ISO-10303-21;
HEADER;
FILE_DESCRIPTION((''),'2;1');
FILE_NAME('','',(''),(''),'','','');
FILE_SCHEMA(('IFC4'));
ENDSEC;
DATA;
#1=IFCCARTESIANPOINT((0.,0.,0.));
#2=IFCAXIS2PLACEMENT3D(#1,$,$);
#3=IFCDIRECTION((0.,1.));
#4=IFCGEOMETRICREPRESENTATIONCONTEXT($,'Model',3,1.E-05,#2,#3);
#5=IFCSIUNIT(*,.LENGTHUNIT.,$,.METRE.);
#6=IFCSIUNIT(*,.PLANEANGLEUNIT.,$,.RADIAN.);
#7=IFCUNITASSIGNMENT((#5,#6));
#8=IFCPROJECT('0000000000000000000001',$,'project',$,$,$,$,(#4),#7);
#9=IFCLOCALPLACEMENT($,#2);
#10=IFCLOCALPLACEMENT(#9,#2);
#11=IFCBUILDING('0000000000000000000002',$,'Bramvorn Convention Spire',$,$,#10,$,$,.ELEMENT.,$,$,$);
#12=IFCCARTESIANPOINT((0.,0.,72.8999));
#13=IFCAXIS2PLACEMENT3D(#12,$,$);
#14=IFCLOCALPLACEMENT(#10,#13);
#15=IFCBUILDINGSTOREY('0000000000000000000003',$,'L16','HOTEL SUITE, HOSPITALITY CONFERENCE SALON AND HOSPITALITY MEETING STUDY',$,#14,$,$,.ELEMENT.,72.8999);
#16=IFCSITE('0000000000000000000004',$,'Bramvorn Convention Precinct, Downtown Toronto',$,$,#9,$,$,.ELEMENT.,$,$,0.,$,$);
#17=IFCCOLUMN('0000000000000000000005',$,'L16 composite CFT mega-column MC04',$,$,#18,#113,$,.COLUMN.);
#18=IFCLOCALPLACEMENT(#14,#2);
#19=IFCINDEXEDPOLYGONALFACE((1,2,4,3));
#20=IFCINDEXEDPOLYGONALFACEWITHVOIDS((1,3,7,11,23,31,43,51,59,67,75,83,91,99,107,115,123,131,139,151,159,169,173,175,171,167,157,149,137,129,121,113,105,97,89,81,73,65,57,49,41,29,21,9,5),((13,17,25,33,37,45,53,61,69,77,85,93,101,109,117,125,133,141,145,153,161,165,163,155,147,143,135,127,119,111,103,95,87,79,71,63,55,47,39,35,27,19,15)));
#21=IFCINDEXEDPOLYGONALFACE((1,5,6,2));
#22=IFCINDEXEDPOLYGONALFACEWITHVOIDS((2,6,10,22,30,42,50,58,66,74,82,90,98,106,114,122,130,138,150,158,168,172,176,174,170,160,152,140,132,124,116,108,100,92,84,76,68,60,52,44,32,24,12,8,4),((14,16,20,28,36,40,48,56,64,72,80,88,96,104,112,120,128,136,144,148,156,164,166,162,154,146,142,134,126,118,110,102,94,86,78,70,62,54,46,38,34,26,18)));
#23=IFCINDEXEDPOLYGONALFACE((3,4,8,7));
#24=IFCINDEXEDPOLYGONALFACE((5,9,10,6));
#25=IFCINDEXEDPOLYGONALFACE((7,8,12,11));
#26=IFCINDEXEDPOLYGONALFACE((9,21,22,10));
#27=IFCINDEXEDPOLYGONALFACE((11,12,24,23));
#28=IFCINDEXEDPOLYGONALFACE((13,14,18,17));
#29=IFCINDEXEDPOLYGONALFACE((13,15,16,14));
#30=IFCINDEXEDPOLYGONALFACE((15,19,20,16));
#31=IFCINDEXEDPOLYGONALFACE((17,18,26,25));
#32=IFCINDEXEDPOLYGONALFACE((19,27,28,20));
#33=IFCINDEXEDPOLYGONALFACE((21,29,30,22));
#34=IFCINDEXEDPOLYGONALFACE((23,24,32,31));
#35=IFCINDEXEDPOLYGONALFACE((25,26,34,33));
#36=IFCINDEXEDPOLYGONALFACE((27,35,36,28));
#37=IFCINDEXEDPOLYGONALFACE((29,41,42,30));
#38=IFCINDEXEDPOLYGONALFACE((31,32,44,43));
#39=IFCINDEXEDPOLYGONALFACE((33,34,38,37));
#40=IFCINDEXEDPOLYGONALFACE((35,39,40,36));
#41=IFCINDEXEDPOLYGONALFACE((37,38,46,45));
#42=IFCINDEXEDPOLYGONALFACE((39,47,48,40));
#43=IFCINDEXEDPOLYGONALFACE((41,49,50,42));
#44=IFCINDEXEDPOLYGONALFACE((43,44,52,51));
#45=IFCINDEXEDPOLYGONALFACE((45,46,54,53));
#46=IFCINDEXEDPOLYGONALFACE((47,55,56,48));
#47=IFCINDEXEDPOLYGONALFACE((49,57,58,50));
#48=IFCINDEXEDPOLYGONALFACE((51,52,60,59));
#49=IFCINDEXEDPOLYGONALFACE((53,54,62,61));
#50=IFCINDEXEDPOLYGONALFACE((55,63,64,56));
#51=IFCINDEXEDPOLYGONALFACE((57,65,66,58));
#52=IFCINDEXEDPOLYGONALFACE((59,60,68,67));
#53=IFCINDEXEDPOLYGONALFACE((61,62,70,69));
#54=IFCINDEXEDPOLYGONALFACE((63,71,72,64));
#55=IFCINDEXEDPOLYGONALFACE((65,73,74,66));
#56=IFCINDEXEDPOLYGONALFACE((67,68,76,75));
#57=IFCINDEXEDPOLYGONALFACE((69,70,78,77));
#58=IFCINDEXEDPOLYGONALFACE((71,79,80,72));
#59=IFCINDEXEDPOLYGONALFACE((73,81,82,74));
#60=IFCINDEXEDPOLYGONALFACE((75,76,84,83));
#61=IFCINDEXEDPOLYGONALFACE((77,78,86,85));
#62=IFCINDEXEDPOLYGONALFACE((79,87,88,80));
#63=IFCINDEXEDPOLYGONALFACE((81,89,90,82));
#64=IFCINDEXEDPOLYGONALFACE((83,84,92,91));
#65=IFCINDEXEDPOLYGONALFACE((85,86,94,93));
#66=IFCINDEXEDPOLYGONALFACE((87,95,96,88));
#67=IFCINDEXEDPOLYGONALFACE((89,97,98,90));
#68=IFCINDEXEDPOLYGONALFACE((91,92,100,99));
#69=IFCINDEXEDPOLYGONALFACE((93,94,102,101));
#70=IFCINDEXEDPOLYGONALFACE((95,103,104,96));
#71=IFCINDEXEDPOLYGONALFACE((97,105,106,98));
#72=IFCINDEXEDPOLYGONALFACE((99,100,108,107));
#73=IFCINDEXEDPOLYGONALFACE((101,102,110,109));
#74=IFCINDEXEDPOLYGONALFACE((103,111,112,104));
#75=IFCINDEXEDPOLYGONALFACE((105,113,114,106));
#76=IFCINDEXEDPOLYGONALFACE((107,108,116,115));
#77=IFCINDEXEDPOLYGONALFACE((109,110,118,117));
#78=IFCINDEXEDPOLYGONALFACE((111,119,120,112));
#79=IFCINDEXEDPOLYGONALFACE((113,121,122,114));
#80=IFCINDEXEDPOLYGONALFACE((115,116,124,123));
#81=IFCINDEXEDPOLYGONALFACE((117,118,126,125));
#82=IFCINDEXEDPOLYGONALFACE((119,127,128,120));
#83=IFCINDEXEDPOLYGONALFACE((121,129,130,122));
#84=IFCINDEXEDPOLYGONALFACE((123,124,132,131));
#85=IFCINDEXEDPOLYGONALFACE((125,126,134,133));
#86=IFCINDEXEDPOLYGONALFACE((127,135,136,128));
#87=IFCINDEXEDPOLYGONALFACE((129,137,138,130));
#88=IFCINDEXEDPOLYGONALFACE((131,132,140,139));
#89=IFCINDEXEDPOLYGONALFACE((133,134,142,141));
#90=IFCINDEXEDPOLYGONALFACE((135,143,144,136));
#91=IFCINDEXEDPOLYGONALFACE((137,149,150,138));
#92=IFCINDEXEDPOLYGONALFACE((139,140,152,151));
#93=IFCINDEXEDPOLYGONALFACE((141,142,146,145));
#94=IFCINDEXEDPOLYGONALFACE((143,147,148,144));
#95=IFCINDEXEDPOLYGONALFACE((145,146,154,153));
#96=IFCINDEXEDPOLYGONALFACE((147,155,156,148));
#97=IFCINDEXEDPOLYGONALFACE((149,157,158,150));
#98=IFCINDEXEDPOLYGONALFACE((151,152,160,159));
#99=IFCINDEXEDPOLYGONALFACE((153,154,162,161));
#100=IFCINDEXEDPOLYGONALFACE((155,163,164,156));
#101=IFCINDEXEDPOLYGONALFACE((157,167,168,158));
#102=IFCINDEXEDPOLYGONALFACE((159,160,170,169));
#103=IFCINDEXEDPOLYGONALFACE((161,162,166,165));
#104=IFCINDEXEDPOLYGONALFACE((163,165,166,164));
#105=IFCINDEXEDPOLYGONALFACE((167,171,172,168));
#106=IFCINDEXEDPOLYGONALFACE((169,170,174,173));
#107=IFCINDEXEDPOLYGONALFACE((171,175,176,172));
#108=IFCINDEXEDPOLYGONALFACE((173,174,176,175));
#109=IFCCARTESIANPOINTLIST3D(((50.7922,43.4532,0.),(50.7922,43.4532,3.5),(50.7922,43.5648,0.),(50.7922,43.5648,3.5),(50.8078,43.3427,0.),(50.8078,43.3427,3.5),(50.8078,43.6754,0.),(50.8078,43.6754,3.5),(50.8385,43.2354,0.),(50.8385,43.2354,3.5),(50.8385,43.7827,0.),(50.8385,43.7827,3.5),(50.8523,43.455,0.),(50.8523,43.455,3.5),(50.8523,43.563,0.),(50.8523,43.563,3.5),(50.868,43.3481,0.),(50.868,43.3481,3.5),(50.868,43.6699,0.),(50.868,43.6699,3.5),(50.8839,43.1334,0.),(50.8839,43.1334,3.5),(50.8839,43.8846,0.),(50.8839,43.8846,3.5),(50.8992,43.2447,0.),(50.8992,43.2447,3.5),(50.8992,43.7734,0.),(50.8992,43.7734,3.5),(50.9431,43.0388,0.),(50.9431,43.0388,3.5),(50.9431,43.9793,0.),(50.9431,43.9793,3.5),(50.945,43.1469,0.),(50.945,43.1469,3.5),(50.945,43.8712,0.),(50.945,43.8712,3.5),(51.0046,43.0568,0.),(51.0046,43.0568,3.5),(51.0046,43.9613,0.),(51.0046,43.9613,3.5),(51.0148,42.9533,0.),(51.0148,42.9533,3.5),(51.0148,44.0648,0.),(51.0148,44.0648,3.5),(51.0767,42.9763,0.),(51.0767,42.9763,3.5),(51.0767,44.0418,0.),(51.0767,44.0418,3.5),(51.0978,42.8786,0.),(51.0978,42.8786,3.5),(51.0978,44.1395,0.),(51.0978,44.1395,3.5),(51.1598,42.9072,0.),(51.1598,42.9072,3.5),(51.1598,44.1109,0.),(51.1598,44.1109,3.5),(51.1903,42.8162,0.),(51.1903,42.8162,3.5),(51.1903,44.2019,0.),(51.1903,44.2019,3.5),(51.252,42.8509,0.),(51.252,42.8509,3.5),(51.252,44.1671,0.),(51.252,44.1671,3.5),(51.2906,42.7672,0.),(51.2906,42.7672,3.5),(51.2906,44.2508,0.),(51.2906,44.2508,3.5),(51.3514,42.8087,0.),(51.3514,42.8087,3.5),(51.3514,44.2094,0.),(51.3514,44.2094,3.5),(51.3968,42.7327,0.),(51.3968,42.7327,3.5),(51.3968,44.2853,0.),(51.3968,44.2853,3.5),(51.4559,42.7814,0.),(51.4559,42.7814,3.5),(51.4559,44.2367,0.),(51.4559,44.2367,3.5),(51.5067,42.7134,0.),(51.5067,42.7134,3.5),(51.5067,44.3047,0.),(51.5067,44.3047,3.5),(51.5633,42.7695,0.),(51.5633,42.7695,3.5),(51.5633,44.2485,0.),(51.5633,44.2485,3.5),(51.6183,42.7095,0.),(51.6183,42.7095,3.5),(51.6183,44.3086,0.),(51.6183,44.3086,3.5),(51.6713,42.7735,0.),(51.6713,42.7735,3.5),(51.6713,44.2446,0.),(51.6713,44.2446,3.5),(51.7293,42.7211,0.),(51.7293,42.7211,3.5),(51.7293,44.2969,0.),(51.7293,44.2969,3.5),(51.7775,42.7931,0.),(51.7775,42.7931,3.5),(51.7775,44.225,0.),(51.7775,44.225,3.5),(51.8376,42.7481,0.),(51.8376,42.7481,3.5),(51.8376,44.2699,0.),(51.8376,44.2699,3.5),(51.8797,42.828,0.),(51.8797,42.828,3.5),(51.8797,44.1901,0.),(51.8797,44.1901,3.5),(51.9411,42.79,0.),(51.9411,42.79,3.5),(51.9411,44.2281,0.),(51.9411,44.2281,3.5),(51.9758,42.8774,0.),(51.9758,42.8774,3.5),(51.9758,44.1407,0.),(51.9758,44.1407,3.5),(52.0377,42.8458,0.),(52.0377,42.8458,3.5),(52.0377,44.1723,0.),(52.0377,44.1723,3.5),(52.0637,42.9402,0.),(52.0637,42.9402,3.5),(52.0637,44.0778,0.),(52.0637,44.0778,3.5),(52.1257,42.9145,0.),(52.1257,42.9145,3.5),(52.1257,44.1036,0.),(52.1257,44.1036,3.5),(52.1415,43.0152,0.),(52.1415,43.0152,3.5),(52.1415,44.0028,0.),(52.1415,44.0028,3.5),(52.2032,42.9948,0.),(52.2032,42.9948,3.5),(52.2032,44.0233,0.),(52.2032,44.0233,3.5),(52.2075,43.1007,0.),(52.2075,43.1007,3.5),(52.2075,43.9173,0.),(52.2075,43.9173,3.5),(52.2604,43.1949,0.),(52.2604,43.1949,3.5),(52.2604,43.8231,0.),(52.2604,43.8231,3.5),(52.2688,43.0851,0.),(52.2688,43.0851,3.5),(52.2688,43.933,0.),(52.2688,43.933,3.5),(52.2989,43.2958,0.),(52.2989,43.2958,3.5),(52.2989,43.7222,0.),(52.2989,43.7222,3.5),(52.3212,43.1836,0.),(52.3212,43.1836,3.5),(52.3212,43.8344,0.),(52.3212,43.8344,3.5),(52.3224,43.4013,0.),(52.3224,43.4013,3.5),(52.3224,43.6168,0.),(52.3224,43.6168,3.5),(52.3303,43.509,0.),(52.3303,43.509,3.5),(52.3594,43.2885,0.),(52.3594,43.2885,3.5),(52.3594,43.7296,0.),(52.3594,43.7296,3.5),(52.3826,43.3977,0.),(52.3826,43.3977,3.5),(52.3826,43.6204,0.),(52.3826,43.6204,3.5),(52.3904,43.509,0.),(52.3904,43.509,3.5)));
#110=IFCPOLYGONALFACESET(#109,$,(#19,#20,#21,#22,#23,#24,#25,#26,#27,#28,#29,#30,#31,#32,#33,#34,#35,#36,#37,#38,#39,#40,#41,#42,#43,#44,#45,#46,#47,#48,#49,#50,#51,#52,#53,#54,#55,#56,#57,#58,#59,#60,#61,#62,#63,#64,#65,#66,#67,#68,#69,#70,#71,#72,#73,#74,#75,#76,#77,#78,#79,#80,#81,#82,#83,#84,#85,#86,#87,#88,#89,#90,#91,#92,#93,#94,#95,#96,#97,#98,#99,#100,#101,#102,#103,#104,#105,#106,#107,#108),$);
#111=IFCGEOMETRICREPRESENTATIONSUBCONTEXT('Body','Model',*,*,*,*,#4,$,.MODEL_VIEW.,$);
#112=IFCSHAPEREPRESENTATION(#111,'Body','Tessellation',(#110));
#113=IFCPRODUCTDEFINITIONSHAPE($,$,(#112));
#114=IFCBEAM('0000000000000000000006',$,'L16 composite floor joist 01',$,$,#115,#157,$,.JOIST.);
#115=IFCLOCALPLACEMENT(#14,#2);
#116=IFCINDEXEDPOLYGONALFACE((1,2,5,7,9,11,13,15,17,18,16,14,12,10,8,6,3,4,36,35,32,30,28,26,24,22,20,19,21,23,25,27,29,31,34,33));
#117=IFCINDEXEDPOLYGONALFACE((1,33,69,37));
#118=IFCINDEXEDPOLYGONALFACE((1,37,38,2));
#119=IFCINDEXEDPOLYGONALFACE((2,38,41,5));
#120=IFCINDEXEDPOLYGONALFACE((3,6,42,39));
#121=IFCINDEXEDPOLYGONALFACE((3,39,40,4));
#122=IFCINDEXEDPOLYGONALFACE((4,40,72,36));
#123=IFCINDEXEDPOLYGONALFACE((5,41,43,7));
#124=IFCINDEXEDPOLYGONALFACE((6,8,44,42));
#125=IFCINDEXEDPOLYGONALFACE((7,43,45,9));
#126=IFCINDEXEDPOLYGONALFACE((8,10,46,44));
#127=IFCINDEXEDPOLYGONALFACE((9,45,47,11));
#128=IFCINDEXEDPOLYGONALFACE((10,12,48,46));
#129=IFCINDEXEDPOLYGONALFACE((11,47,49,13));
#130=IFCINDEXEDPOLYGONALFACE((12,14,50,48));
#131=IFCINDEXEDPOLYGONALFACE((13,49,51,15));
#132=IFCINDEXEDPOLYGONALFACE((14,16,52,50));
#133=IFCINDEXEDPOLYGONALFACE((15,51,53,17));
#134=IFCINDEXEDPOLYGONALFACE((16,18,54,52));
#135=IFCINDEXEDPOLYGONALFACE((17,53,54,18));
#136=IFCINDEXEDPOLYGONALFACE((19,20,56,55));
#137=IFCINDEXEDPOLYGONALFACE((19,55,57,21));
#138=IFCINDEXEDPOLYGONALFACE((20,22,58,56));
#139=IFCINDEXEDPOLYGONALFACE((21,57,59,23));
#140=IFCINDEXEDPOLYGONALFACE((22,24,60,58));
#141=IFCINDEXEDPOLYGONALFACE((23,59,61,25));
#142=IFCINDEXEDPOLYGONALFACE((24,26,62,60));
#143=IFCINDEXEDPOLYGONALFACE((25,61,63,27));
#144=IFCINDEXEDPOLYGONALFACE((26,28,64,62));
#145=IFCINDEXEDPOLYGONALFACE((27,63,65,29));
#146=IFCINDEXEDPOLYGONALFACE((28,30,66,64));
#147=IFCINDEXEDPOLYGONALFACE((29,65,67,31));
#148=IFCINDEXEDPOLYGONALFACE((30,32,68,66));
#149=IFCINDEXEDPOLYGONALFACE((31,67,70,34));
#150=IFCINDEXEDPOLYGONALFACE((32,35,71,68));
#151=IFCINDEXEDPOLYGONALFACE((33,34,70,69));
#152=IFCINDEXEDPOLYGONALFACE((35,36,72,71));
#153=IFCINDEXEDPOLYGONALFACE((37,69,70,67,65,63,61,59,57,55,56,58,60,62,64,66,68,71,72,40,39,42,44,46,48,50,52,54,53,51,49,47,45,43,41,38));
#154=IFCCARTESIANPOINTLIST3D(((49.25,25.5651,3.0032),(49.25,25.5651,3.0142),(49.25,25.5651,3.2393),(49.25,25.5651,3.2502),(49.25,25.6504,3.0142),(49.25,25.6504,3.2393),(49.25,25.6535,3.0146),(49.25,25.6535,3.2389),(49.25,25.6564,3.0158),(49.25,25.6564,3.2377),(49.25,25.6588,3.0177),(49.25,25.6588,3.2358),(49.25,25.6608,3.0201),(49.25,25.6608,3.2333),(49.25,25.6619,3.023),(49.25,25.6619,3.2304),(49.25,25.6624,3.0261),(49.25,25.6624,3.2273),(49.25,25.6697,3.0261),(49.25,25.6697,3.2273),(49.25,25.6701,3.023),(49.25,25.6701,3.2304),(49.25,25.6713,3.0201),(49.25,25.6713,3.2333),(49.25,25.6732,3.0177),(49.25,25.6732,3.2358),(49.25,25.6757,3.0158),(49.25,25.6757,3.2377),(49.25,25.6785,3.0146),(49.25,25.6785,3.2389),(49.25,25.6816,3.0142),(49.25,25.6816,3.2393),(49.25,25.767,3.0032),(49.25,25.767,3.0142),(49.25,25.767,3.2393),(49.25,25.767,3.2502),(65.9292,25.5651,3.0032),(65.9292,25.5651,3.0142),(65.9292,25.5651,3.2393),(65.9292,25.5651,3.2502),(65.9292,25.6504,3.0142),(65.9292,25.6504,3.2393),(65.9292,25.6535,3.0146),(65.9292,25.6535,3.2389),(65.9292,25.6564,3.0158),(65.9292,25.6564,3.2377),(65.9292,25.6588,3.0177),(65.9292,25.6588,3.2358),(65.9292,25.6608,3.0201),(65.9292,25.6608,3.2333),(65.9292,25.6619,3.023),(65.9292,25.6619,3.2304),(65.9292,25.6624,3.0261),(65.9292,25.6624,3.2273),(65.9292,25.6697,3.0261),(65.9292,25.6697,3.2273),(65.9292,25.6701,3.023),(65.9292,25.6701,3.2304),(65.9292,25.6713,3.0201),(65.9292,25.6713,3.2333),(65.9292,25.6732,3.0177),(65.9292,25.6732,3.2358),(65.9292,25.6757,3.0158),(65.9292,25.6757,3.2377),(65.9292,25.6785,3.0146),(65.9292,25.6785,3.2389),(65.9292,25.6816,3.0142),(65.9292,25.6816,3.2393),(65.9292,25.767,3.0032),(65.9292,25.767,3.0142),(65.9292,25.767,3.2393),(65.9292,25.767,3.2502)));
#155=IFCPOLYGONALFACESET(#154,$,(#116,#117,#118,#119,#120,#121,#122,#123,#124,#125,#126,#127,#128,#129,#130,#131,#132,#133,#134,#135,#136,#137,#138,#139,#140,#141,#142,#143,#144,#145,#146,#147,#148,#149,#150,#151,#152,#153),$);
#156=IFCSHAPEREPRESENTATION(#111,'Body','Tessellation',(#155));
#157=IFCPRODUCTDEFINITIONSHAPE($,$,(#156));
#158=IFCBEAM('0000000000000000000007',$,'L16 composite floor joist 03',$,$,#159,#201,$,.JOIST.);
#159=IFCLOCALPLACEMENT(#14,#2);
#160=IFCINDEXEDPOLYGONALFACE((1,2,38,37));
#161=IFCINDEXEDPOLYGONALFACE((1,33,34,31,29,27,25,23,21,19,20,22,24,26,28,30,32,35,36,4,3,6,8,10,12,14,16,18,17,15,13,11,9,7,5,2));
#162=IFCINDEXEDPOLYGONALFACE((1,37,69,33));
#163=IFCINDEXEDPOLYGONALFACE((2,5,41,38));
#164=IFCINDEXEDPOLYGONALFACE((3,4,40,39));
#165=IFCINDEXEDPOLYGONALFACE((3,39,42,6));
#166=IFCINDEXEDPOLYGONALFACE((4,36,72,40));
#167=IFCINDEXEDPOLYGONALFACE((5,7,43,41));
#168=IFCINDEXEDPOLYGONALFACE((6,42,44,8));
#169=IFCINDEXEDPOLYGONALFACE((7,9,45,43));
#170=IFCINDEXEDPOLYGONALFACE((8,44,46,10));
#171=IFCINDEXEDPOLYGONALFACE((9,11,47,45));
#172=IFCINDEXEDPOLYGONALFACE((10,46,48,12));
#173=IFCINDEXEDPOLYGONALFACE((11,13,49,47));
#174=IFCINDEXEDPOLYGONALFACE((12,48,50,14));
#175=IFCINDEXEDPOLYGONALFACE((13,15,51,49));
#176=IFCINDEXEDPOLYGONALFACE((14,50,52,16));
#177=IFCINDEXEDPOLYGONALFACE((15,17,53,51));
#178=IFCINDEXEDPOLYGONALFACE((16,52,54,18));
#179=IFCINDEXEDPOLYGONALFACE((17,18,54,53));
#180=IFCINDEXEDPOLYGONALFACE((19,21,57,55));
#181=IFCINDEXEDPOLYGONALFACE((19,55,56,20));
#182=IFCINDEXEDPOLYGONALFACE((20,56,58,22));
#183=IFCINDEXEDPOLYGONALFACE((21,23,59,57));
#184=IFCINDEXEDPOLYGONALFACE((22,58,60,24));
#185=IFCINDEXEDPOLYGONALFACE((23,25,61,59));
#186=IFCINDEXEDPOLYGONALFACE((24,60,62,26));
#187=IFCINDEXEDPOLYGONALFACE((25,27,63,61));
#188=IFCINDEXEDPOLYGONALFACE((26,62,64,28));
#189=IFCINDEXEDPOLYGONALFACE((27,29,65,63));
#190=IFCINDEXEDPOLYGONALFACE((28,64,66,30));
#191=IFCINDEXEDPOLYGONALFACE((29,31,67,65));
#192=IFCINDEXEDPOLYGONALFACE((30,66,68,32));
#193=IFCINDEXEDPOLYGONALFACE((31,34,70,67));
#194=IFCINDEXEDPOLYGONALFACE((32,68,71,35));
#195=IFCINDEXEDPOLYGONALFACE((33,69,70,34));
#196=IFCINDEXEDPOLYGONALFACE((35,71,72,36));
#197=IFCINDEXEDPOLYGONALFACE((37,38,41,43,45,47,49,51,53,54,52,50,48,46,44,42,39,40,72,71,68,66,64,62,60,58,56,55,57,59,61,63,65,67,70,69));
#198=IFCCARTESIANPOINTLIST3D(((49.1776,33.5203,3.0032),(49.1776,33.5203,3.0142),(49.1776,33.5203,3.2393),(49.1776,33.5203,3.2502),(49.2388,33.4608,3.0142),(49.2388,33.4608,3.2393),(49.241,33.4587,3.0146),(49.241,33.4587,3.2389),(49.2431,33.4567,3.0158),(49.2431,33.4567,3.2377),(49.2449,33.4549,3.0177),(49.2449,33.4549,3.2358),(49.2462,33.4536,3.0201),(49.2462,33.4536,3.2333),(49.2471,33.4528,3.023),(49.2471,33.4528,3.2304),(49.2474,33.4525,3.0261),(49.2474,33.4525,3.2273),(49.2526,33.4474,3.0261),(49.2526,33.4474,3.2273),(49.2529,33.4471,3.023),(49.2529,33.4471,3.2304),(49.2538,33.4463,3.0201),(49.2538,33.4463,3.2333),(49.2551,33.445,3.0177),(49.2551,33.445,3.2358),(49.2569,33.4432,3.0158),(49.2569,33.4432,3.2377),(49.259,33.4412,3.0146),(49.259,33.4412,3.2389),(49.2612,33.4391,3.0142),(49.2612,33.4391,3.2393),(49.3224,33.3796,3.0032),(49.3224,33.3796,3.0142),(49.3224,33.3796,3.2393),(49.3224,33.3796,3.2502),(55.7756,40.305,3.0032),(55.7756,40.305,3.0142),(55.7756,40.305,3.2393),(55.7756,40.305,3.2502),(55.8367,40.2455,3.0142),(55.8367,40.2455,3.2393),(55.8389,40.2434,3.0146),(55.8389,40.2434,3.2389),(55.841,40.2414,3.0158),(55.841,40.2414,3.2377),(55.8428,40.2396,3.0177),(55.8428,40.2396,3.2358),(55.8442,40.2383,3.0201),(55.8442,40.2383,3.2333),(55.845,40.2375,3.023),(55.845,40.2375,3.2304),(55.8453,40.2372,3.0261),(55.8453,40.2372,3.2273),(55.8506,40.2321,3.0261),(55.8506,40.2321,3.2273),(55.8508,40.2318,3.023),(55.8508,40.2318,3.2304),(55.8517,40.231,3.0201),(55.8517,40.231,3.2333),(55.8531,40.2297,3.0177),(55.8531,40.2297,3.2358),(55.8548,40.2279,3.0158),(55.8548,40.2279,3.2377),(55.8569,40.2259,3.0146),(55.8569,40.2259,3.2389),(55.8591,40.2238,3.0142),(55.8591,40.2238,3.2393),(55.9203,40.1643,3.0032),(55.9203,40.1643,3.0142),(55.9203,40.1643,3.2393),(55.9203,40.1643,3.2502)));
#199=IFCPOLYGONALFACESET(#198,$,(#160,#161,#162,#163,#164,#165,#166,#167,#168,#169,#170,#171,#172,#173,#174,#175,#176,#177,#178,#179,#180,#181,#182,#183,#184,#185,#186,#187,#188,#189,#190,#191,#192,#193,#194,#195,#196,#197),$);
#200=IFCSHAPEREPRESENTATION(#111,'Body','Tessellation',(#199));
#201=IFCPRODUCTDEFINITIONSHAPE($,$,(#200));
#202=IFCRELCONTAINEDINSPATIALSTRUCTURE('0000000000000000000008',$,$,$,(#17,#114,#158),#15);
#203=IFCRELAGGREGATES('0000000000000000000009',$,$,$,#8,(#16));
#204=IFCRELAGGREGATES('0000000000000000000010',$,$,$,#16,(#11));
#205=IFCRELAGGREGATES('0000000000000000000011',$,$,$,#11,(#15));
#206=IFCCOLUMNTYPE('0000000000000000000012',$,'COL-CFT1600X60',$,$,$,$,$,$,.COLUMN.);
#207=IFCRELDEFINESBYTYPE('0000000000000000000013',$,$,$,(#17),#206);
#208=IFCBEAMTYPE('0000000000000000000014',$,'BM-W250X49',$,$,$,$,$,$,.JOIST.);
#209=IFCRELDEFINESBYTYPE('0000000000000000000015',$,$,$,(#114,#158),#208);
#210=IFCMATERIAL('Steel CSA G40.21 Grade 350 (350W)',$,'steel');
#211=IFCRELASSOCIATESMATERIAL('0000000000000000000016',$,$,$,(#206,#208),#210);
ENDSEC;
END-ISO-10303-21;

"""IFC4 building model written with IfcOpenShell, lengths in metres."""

from ifc_helpers import new_model, si_unit, direction, frame, origin, origin_2d, place, context, subcontext, project, spatial, hollow_circle, i_section, extrude, material, material_profile, profile_set, type_object, element, save


model = new_model("IFC4")

# Units and contexts
model_context = context("Model", 3, precision=1e-05, world=origin(), true_north=direction((0.0, 1.0)))
body_context = subcontext(model_context, "Body", "Model", "MODEL_VIEW")
ifc_project = project(units=[si_unit("LENGTHUNIT", "METRE"), si_unit("PLANEANGLEUNIT", "RADIAN")], contexts=[model_context])

# Site, building, storey
site_placement = place(None, origin())
site = spatial("IfcSite", under=ifc_project, at=site_placement, Name="Bramvorn Convention Precinct, Downtown Toronto", CompositionType="ELEMENT", RefElevation=0.0)
building_placement = place(site_placement, origin())
building = spatial("IfcBuilding", under=site, at=building_placement, Name="Bramvorn Convention Spire", CompositionType="ELEMENT")
storey_placement = place(building_placement, frame((0.0, 0.0, 72.8999)))
storey = spatial("IfcBuildingStorey", under=building, at=storey_placement, Name="L16", Description="HOTEL SUITE, HOSPITALITY CONFERENCE SALON AND HOSPITALITY MEETING STUDY", CompositionType="ELEMENT", Elevation=72.8999)

# Column
ifc_material_1 = material(Name="Steel CSA G40.21 Grade 350 (350W)", Category="steel")
ifc_material_profile_1 = material_profile(ifc_material_1, hollow_circle(Radius=0.8, WallThickness=0.0601, at=origin_2d()))
ifc_profile_set_1 = profile_set([ifc_material_profile_1], Name="Steel CSA G40.21 Grade 350 (350W) - CFT1600X60")
column_type = type_object("IfcColumnType", Name="COL-CFT1600X60", PredefinedType="COLUMN", material=ifc_profile_set_1)
for number, where, z_axis, x_axis, name in (
    (1, (51.5903, 43.509, 0.0), (0.0, 0.0, 1.0), (1.0, 0.0, 0.0), "L16 composite CFT mega-column MC04"),
):
    element("IfcColumn", number, at=place(storey_placement, frame(where, z_axis=z_axis, x_axis=x_axis)), inside=storey, type_object=column_type, Name=name, PredefinedType="COLUMN", context=body_context, shape_type="SweptSolid", body=[
        extrude(hollow_circle(Radius=0.8, WallThickness=0.0601, at=origin_2d()), origin(), (0.0, 0.0, 1.0), 3.5),
    ])

# Beams
ifc_material_profile_2 = material_profile(ifc_material_1, i_section(OverallWidth=0.2019, OverallDepth=0.2471, WebThickness=0.0073, FlangeThickness=0.011, FilletRadius=0.012, at=origin_2d()))
ifc_profile_set_2 = profile_set([ifc_material_profile_2], Name="Steel CSA G40.21 Grade 350 (350W) - W250X49")
beam_type_1 = type_object("IfcBeamType", Name="BM-W250X49", PredefinedType="JOIST", material=ifc_profile_set_2)
beam_1_placement = place(storey_placement, frame((49.25, 25.666, 3.1267), z_axis=(1.0, 0.0, 0.0), x_axis=(0.0, 1.0, 0.0)))
element("IfcBeam", 2, at=beam_1_placement, inside=storey, type_object=beam_type_1, Name="L16 composite floor joist 01", PredefinedType="JOIST", context=body_context, shape_type="SweptSolid", body=[
    extrude(i_section(OverallWidth=0.2019, OverallDepth=0.2471, WebThickness=0.0073, FlangeThickness=0.011, FilletRadius=0.012, at=origin_2d()), origin(), (0.0, 0.0, 1.0), 16.6792),
])
beam_2_placement = place(storey_placement, frame((49.25, 33.45, 3.1267), z_axis=(0.69717, 0.716905, 0.0), x_axis=(-0.716905, 0.69717, 0.0)))
element("IfcBeam", 3, at=beam_2_placement, inside=storey, type_object=beam_type_1, Name="L16 composite floor joist 03", PredefinedType="JOIST", context=body_context, shape_type="SweptSolid", body=[
    extrude(i_section(OverallWidth=0.2019, OverallDepth=0.2471, WebThickness=0.0073, FlangeThickness=0.011, FilletRadius=0.012, at=origin_2d()), origin(), (0.0, 0.0, 1.0), 9.4639),
])

save(model, "model.ifc")
